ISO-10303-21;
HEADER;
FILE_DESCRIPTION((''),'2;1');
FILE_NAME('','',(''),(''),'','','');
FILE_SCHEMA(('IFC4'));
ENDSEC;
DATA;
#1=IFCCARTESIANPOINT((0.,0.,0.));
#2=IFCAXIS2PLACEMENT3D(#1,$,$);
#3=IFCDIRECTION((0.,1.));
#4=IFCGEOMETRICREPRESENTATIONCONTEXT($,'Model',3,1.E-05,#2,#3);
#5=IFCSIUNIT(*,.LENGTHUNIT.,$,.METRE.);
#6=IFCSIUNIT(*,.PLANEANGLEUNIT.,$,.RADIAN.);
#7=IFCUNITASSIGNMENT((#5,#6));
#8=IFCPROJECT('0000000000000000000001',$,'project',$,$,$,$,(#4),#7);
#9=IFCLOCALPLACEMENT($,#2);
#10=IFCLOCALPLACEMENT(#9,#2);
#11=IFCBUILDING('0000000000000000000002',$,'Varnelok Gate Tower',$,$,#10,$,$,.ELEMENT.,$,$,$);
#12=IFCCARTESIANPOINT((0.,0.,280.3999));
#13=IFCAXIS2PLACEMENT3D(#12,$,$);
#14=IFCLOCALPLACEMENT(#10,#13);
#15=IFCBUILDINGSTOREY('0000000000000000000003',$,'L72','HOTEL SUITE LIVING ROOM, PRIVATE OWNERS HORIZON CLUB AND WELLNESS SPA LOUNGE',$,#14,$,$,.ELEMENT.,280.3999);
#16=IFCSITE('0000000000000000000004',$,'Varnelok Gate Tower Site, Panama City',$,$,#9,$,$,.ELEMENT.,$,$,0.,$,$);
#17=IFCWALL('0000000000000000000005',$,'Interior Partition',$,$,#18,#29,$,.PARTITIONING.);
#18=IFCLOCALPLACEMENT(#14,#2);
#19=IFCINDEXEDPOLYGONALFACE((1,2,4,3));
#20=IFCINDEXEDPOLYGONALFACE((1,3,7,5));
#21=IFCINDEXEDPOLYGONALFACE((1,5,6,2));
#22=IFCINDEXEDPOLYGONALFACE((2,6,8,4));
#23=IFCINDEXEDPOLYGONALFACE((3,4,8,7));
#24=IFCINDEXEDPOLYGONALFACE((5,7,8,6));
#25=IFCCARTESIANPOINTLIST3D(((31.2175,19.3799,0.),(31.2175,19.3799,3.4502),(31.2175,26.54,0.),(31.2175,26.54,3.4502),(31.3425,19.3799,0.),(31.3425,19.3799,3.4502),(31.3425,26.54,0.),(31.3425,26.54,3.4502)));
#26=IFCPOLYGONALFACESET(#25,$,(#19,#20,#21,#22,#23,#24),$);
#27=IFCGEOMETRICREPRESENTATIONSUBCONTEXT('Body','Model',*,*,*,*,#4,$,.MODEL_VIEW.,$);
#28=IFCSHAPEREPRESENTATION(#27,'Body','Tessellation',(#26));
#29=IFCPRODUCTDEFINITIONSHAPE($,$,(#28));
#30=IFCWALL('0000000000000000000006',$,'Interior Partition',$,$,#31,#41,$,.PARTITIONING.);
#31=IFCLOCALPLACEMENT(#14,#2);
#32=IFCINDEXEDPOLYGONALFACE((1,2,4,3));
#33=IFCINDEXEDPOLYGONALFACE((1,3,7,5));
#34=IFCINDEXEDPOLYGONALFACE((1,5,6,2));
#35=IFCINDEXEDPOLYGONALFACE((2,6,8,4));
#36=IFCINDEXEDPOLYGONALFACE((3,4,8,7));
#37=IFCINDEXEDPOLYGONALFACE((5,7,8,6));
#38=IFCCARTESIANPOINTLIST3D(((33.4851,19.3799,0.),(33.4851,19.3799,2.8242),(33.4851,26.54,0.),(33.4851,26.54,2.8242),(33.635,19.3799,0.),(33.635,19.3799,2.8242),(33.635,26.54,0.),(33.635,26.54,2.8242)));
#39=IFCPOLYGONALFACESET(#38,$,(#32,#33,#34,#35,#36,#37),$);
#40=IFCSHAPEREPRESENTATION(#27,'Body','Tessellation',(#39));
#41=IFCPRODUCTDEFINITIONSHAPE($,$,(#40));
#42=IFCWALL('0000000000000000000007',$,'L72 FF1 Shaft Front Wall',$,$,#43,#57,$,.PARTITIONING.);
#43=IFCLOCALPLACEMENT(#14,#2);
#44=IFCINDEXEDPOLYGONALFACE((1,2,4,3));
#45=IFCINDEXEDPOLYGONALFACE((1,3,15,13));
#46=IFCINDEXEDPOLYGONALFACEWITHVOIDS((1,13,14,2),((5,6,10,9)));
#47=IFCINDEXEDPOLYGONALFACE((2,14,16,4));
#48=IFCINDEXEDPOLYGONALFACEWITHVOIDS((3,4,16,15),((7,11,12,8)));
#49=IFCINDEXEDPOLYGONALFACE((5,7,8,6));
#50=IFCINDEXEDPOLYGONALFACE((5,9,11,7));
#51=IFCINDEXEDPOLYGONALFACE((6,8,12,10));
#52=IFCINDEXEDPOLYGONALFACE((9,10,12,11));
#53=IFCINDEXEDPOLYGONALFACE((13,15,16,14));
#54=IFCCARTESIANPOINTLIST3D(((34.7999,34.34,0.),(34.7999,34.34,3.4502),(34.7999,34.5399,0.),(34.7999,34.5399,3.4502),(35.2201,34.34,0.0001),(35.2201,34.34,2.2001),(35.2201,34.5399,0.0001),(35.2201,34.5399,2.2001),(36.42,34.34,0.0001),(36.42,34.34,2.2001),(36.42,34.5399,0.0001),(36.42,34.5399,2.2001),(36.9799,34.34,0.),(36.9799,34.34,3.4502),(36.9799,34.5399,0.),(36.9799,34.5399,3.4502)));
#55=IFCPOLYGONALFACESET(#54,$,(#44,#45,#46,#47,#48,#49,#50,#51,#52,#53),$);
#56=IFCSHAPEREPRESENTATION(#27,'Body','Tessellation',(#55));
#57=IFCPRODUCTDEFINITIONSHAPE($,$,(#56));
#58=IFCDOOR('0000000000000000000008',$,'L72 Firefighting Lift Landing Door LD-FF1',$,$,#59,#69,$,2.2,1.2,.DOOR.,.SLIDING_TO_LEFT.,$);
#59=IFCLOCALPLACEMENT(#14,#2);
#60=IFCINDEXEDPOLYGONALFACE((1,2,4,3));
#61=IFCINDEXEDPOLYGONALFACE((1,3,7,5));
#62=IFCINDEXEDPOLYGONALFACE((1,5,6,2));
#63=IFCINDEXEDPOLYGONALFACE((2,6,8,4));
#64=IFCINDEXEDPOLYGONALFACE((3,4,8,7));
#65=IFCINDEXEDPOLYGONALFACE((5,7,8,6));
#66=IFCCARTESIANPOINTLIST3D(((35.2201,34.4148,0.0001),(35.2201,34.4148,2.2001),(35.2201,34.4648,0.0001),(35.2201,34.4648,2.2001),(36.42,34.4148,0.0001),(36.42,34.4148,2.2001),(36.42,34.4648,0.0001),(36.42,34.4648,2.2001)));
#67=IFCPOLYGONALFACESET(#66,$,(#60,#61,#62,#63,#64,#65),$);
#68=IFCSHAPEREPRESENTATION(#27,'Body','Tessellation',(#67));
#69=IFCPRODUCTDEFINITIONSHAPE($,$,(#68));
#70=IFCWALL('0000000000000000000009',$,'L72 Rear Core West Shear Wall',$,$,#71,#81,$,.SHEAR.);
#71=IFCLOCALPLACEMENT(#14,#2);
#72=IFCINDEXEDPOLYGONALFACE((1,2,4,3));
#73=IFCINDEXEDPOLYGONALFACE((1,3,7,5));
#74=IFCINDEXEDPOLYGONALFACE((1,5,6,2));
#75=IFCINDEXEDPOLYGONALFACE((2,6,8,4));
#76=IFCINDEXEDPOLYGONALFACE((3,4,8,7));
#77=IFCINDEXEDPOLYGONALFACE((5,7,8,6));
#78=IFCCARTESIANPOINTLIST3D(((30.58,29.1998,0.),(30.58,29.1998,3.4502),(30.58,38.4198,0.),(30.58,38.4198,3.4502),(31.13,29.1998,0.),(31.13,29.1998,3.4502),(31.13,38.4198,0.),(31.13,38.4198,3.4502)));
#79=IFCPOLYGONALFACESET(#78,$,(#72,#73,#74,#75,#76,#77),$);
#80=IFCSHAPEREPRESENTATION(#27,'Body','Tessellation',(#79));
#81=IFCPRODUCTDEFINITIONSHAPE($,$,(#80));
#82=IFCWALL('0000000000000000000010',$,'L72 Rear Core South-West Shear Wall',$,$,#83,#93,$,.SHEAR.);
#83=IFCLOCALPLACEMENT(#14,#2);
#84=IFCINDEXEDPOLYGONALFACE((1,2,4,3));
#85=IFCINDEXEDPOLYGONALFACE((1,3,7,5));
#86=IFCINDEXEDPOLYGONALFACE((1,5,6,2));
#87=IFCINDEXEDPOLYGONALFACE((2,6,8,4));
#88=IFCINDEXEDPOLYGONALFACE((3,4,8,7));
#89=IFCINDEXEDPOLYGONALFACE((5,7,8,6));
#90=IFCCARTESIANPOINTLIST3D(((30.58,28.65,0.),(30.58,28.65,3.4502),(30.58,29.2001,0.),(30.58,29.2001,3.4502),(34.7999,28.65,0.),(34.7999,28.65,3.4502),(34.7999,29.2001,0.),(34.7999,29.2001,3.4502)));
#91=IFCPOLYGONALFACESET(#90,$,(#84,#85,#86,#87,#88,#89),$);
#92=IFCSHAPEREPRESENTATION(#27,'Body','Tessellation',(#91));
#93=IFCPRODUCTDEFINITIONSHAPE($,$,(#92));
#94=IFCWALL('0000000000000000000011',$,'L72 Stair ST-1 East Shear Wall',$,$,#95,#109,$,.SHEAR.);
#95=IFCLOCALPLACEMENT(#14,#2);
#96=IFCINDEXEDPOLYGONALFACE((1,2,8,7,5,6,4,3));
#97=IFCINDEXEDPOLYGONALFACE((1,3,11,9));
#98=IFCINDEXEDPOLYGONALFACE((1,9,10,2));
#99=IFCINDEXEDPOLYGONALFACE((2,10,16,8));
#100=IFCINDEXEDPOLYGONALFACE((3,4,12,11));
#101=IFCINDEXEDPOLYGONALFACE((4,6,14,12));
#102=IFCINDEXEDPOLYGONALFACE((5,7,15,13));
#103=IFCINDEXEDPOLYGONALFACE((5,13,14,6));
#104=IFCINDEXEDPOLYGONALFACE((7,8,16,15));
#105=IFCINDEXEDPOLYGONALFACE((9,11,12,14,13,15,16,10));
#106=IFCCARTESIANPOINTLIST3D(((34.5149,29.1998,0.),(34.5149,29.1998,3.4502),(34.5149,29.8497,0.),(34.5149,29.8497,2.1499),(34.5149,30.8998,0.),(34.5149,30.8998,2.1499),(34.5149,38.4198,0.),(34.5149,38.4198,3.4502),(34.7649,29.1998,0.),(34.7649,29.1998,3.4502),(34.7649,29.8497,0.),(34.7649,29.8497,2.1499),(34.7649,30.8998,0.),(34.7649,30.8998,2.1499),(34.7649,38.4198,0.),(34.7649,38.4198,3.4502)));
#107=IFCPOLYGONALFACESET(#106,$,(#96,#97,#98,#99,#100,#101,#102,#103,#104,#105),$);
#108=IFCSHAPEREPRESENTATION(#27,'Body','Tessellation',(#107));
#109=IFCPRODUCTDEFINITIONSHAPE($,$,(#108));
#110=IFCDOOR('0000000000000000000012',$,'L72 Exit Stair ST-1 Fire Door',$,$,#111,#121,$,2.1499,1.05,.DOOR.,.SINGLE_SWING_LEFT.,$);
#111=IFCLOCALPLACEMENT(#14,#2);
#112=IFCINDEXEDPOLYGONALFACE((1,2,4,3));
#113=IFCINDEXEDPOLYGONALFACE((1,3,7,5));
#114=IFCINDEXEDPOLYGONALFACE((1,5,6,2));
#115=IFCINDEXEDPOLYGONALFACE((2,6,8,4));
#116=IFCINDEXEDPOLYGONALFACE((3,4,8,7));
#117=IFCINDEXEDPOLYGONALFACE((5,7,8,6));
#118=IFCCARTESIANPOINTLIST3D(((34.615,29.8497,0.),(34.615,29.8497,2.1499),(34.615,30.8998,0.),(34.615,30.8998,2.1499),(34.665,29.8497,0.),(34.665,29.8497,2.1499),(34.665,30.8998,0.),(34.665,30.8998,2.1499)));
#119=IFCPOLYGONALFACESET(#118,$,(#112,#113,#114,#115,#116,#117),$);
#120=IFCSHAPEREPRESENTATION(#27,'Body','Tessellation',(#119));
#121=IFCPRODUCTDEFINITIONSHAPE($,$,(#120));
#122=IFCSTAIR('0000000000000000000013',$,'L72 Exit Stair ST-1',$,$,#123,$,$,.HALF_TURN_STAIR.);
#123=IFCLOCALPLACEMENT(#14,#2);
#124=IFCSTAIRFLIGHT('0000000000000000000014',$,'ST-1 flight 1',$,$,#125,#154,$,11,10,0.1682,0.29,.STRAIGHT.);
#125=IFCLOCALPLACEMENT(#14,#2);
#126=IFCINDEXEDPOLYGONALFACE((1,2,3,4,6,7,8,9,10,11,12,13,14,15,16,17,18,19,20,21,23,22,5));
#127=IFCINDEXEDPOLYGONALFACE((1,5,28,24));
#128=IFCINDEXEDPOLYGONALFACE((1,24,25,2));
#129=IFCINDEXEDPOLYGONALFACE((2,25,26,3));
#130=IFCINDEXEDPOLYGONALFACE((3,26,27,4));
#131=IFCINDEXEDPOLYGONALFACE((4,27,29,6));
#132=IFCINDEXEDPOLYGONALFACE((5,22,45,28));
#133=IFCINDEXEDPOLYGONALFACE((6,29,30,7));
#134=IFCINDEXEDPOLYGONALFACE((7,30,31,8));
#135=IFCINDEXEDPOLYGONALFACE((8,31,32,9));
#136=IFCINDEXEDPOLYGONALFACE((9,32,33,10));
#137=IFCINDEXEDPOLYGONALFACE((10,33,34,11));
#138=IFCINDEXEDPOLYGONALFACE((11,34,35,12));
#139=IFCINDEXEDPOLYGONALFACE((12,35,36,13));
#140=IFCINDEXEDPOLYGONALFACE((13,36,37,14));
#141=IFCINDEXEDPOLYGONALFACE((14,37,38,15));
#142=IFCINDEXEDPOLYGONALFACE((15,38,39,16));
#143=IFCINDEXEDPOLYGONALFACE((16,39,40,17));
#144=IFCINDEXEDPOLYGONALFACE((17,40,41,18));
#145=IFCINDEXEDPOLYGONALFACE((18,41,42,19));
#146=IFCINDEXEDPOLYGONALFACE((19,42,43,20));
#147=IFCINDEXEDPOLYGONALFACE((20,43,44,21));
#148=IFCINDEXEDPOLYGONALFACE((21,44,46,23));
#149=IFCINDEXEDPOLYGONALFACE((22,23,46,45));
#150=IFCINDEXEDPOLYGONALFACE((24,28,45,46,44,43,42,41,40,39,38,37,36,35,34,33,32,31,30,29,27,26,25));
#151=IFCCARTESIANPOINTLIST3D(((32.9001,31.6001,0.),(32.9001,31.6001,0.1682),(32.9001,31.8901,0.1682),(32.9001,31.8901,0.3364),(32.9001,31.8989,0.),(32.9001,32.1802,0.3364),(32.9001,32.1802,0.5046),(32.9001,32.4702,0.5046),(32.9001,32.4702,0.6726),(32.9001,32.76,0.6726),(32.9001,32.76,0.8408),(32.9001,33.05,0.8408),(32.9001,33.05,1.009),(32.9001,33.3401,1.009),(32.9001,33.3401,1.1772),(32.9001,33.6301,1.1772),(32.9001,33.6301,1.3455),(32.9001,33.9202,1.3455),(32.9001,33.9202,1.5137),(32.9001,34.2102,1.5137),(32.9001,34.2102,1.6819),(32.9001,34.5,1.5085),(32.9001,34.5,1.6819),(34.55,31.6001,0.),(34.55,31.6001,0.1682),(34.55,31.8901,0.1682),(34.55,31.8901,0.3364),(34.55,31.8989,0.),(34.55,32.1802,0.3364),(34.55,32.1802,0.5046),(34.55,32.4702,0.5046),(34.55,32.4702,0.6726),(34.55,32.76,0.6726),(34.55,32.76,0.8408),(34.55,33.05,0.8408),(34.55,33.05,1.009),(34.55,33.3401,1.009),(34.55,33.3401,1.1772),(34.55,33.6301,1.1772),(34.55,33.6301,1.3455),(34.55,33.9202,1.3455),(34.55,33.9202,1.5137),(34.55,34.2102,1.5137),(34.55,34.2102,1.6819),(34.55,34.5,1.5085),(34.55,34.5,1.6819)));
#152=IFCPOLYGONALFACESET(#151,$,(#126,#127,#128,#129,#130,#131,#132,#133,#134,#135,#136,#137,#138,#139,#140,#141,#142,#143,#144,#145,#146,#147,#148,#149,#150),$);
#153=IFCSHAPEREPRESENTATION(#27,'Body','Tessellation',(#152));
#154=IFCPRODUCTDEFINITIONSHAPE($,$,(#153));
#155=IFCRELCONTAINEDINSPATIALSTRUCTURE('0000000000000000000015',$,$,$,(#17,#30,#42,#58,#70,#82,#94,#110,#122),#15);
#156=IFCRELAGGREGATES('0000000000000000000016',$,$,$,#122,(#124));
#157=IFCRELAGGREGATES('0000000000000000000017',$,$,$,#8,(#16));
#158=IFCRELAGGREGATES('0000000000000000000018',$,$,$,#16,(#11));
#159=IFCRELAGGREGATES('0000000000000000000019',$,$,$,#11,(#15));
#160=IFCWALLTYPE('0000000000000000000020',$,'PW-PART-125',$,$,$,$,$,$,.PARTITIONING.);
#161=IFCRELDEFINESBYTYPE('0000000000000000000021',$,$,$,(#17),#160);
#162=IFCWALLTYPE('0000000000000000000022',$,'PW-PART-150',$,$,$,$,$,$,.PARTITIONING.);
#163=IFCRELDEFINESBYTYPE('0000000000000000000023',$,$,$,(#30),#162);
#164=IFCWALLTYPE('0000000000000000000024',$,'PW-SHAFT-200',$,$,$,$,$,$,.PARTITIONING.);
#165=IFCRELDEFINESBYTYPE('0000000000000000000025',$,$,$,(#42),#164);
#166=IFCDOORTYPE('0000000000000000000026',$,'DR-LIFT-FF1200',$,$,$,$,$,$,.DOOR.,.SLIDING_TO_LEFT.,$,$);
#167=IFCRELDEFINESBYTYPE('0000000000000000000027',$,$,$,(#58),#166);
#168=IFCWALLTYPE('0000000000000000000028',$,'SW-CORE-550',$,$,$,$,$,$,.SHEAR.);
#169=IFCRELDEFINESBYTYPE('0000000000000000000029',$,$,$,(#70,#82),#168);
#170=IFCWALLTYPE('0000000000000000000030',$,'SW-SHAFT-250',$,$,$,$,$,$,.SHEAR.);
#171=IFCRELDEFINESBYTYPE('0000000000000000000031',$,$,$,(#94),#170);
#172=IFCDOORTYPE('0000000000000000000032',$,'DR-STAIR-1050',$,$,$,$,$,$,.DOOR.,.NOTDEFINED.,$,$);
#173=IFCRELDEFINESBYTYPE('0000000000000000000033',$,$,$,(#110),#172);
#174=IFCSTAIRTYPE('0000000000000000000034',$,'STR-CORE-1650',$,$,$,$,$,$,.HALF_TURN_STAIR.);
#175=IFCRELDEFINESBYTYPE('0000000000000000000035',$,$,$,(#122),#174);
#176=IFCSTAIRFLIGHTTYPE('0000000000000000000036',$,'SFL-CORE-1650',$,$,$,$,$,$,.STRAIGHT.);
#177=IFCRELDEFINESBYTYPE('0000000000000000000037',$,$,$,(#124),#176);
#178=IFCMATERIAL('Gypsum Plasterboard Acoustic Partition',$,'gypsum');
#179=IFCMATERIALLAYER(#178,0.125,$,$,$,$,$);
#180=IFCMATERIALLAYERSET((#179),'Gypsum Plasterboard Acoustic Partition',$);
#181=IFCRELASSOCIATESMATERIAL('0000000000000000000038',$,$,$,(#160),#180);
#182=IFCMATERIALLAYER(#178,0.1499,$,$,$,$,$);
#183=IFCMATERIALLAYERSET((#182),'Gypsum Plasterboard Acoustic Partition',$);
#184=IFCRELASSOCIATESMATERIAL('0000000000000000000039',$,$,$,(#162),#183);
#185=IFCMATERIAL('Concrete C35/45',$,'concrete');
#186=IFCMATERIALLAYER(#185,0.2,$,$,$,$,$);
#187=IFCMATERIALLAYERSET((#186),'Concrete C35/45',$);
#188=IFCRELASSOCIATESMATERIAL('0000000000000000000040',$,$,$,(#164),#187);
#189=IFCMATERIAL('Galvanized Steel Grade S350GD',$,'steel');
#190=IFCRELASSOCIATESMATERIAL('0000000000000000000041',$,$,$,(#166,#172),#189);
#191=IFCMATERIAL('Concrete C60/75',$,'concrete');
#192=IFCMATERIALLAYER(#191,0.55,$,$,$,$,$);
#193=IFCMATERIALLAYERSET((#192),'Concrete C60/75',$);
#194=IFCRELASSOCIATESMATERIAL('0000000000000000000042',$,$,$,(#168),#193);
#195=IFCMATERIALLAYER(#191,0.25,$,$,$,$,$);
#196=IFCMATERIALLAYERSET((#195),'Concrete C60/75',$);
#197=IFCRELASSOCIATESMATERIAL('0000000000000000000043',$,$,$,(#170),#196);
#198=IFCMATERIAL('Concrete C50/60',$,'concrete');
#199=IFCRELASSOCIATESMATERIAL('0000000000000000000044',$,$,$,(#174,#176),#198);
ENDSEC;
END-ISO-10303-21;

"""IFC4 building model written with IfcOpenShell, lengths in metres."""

from ifc_helpers import new_model, si_unit, direction, frame, frame_2d, origin, place, context, subcontext, project, spatial, polyline, rectangle, outline, extrude, material, layer, layer_set, type_object, element, fill, aggregate, save


model = new_model("IFC4")

# Units and contexts
model_context = context("Model", 3, precision=1e-05, world=origin(), true_north=direction((0.0, 1.0)))
body_context = subcontext(model_context, "Body", "Model", "MODEL_VIEW")
ifc_project = project(units=[si_unit("LENGTHUNIT", "METRE"), si_unit("PLANEANGLEUNIT", "RADIAN")], contexts=[model_context])

# Site, building, storey
site_placement = place(None, origin())
site = spatial("IfcSite", under=ifc_project, at=site_placement, Name="Varnelok Gate Tower Site, Panama City", CompositionType="ELEMENT", RefElevation=0.0)
building_placement = place(site_placement, origin())
building = spatial("IfcBuilding", under=site, at=building_placement, Name="Varnelok Gate Tower", CompositionType="ELEMENT")
storey_placement = place(building_placement, frame((0.0, 0.0, 280.3999)))
storey = spatial("IfcBuildingStorey", under=building, at=storey_placement, Name="L72", Description="HOTEL SUITE LIVING ROOM, PRIVATE OWNERS HORIZON CLUB AND WELLNESS SPA LOUNGE", CompositionType="ELEMENT", Elevation=280.3999)

# Shared definitions
ifc_material_1 = material(Name="Concrete C50/60", Category="concrete")

# Shared definitions
ifc_material_2 = material(Name="Concrete C60/75", Category="concrete")

# Walls
ifc_material_3 = material(Name="Gypsum Plasterboard Acoustic Partition", Category="gypsum")
ifc_layer_1 = layer(ifc_material_3, 0.125)
ifc_layer_set_1 = layer_set([ifc_layer_1], Name="Gypsum Plasterboard Acoustic Partition")
wall_type_1 = type_object("IfcWallType", Name="PW-PART-125", PredefinedType="PARTITIONING", material=ifc_layer_set_1)
wall_1_placement = place(storey_placement, frame((31.28, 19.3799, 0.0), z_axis=(0.0, 0.0, 1.0), x_axis=(0.0, 1.0, 0.0)))
element("IfcWall", 1, at=wall_1_placement, inside=storey, type_object=wall_type_1, Name="Interior Partition", PredefinedType="PARTITIONING", context=body_context, shape_type="SweptSolid", body=[
    extrude(rectangle(XDim=7.1602, YDim=0.125, at=frame_2d((3.5801, 0.0))), origin(), (0.0, 0.0, 1.0), 3.4502),
])
ifc_layer_2 = layer(ifc_material_3, 0.1499)
ifc_layer_set_2 = layer_set([ifc_layer_2], Name="Gypsum Plasterboard Acoustic Partition")
wall_type_2 = type_object("IfcWallType", Name="PW-PART-150", PredefinedType="PARTITIONING", material=ifc_layer_set_2)
wall_2_placement = place(storey_placement, frame((33.5601, 19.3799, 0.0), z_axis=(0.0, 0.0, 1.0), x_axis=(0.0, 1.0, 0.0)))
element("IfcWall", 2, at=wall_2_placement, inside=storey, type_object=wall_type_2, Name="Interior Partition", PredefinedType="PARTITIONING", context=body_context, shape_type="SweptSolid", body=[
    extrude(rectangle(XDim=7.1602, YDim=0.1499, at=frame_2d((3.5801, 0.0))), origin(), (0.0, 0.0, 1.0), 2.8242),
])

# Wall, opening, door
ifc_material_4 = material(Name="Concrete C35/45", Category="concrete")
ifc_layer_3 = layer(ifc_material_4, 0.2)
ifc_layer_set_3 = layer_set([ifc_layer_3], Name="Concrete C35/45")
wall_type_3 = type_object("IfcWallType", Name="PW-SHAFT-200", PredefinedType="PARTITIONING", material=ifc_layer_set_3)
wall_3_placement = place(storey_placement, frame((34.8, 34.4399, 0.0), z_axis=(0.0, 0.0, 1.0), x_axis=(1.0, 0.0, 0.0)))
wall_3 = element("IfcWall", 3, at=wall_3_placement, inside=storey, type_object=wall_type_3, Name="L72 FF1 Shaft Front Wall", PredefinedType="PARTITIONING", context=body_context, shape_type="SweptSolid", body=[
    extrude(rectangle(XDim=2.1799, YDim=0.2, at=frame_2d((1.0898, 0.0))), origin(), (0.0, 0.0, 1.0), 3.4502),
])
opening_1_placement = place(wall_3_placement, frame((0.4199, 0.0, 0.0)))
opening_1 = element("IfcOpeningElement", 4, at=opening_1_placement, cuts=wall_3, PredefinedType="OPENING", context=body_context, shape_type="SweptSolid", body=[
    extrude(rectangle(XDim=1.2, YDim=2.2, at=frame_2d((0.6001, 1.1001))), frame((0.0, 0.1099, 0.0), z_axis=(0.0, -1.0, 0.0), x_axis=(1.0, 0.0, 0.0)), (0.0, 0.0, 1.0), 0.22),
])
ifc_material_5 = material(Name="Galvanized Steel Grade S350GD", Category="steel")
door_type_1 = type_object("IfcDoorType", Name="DR-LIFT-FF1200", OperationType="SLIDING_TO_LEFT", PredefinedType="DOOR", material=ifc_material_5)
door_1_placement = place(opening_1_placement, origin())
door_1 = element("IfcDoor", 5, at=door_1_placement, inside=storey, type_object=door_type_1, Name="L72 Firefighting Lift Landing Door LD-FF1", OperationType="SLIDING_TO_LEFT", OverallHeight=2.2, OverallWidth=1.2, PredefinedType="DOOR", context=body_context, shape_type="SweptSolid", body=[
    extrude(rectangle(XDim=1.2, YDim=2.2, at=frame_2d((0.6001, 1.1001))), frame((0.0, 0.0249, 0.0), z_axis=(0.0, -1.0, 0.0), x_axis=(1.0, 0.0, 0.0)), (0.0, 0.0, 1.0), 0.05),
])
fill(opening_1, door_1)

# Walls
ifc_layer_4 = layer(ifc_material_2, 0.55)
ifc_layer_set_4 = layer_set([ifc_layer_4], Name="Concrete C60/75")
wall_type_4 = type_object("IfcWallType", Name="SW-CORE-550", PredefinedType="SHEAR", material=ifc_layer_set_4)
wall_4_placement = place(storey_placement, frame((30.855, 29.2, 0.0), z_axis=(0.0, 0.0, 1.0), x_axis=(0.0, 1.0, 0.0)))
element("IfcWall", 6, at=wall_4_placement, inside=storey, type_object=wall_type_4, Name="L72 Rear Core West Shear Wall", PredefinedType="SHEAR", context=body_context, shape_type="SweptSolid", body=[
    extrude(rectangle(XDim=9.22, YDim=0.55, at=frame_2d((4.6099, 0.0))), origin(), (0.0, 0.0, 1.0), 3.4502),
])
wall_5_placement = place(storey_placement, frame((30.5801, 28.925, 0.0), z_axis=(0.0, 0.0, 1.0), x_axis=(1.0, 0.0, 0.0)))
element("IfcWall", 7, at=wall_5_placement, inside=storey, type_object=wall_type_4, Name="L72 Rear Core South-West Shear Wall", PredefinedType="SHEAR", context=body_context, shape_type="SweptSolid", body=[
    extrude(rectangle(XDim=4.22, YDim=0.55, at=frame_2d((2.1099, 0.0))), origin(), (0.0, 0.0, 1.0), 3.4502),
])

# Wall, opening, door
ifc_layer_5 = layer(ifc_material_2, 0.25)
ifc_layer_set_5 = layer_set([ifc_layer_5], Name="Concrete C60/75")
wall_type_5 = type_object("IfcWallType", Name="SW-SHAFT-250", PredefinedType="SHEAR", material=ifc_layer_set_5)
wall_6_placement = place(storey_placement, frame((34.6399, 29.2, 0.0), z_axis=(0.0, 0.0, 1.0), x_axis=(0.0, 1.0, 0.0)))
wall_6 = element("IfcWall", 8, at=wall_6_placement, inside=storey, type_object=wall_type_5, Name="L72 Stair ST-1 East Shear Wall", PredefinedType="SHEAR", context=body_context, shape_type="SweptSolid", body=[
    extrude(rectangle(XDim=9.22, YDim=0.25, at=frame_2d((4.6099, 0.0))), origin(), (0.0, 0.0, 1.0), 3.4502),
])
opening_2_placement = place(wall_6_placement, frame((0.6499, 0.0, 0.0)))
opening_2 = element("IfcOpeningElement", 9, at=opening_2_placement, cuts=wall_6, PredefinedType="OPENING", context=body_context, shape_type="SweptSolid", body=[
    extrude(rectangle(XDim=1.05, YDim=2.1499, at=frame_2d((0.5249, 1.075))), frame((0.0, 0.135, 0.0), z_axis=(0.0, -1.0, 0.0), x_axis=(1.0, 0.0, 0.0)), (0.0, 0.0, 1.0), 0.27),
])
door_type_2 = type_object("IfcDoorType", Name="DR-STAIR-1050", OperationType="NOTDEFINED", PredefinedType="DOOR", material=ifc_material_5)
door_2_placement = place(opening_2_placement, origin())
door_2 = element("IfcDoor", 10, at=door_2_placement, inside=storey, type_object=door_type_2, Name="L72 Exit Stair ST-1 Fire Door", OperationType="SINGLE_SWING_LEFT", OverallHeight=2.1499, OverallWidth=1.05, PredefinedType="DOOR", context=body_context, shape_type="SweptSolid", body=[
    extrude(rectangle(XDim=1.05, YDim=2.1499, at=frame_2d((0.5249, 1.075))), frame((0.0, 0.0249, 0.0), z_axis=(0.0, -1.0, 0.0), x_axis=(1.0, 0.0, 0.0)), (0.0, 0.0, 1.0), 0.05),
])
fill(opening_2, door_2)

# Stair, stair flight
stair_type = type_object("IfcStairType", Name="STR-CORE-1650", PredefinedType="HALF_TURN_STAIR", material=ifc_material_1)
stair_placement = place(storey_placement, origin())
stair = element("IfcStair", 11, at=stair_placement, inside=storey, type_object=stair_type, Name="L72 Exit Stair ST-1", PredefinedType="HALF_TURN_STAIR")
stair_flight_type = type_object("IfcStairFlightType", Name="SFL-CORE-1650", PredefinedType="STRAIGHT", material=ifc_material_1)
stair_flight_placement = place(storey_placement, frame((33.7251, 31.6001, 0.0), z_axis=(0.0, 0.0, 1.0), x_axis=(0.0, 1.0, 0.0)))
stair_flight = element("IfcStairFlight", 12, at=stair_flight_placement, type_object=stair_flight_type, Name="ST-1 flight 1", NumberOfRisers=11, NumberOfTreads=10, PredefinedType="STRAIGHT", RiserHeight=0.1682, TreadLength=0.29, context=body_context, shape_type="SweptSolid", body=[
    extrude(outline(polyline([(0.0, 0.0), (0.0, 0.1682), (0.29, 0.1682), (0.29, 0.3364), (0.5801, 0.3364), (0.5801, 0.5046), (0.8701, 0.5046), (0.8701, 0.6726), (1.1599, 0.6726), (1.1599, 0.8408), (1.45, 0.8408), (1.45, 1.009), (1.74, 1.009), (1.74, 1.1772), (2.03, 1.1772), (2.03, 1.3455), (2.3201, 1.3455), (2.3201, 1.5137), (2.6101, 1.5137), (2.6101, 1.6819), (2.8999, 1.6819), (2.8999, 1.8501), (2.8999, 1.5085), (0.2988, 0.0), (0.0, 0.0)])), frame((0.0, 0.825, 0.0), z_axis=(0.0, -1.0, 0.0), x_axis=(1.0, 0.0, 0.0)), (0.0, 0.0, 1.0), 1.6499),
])
aggregate(stair, [stair_flight])

save(model, "model.ifc")
